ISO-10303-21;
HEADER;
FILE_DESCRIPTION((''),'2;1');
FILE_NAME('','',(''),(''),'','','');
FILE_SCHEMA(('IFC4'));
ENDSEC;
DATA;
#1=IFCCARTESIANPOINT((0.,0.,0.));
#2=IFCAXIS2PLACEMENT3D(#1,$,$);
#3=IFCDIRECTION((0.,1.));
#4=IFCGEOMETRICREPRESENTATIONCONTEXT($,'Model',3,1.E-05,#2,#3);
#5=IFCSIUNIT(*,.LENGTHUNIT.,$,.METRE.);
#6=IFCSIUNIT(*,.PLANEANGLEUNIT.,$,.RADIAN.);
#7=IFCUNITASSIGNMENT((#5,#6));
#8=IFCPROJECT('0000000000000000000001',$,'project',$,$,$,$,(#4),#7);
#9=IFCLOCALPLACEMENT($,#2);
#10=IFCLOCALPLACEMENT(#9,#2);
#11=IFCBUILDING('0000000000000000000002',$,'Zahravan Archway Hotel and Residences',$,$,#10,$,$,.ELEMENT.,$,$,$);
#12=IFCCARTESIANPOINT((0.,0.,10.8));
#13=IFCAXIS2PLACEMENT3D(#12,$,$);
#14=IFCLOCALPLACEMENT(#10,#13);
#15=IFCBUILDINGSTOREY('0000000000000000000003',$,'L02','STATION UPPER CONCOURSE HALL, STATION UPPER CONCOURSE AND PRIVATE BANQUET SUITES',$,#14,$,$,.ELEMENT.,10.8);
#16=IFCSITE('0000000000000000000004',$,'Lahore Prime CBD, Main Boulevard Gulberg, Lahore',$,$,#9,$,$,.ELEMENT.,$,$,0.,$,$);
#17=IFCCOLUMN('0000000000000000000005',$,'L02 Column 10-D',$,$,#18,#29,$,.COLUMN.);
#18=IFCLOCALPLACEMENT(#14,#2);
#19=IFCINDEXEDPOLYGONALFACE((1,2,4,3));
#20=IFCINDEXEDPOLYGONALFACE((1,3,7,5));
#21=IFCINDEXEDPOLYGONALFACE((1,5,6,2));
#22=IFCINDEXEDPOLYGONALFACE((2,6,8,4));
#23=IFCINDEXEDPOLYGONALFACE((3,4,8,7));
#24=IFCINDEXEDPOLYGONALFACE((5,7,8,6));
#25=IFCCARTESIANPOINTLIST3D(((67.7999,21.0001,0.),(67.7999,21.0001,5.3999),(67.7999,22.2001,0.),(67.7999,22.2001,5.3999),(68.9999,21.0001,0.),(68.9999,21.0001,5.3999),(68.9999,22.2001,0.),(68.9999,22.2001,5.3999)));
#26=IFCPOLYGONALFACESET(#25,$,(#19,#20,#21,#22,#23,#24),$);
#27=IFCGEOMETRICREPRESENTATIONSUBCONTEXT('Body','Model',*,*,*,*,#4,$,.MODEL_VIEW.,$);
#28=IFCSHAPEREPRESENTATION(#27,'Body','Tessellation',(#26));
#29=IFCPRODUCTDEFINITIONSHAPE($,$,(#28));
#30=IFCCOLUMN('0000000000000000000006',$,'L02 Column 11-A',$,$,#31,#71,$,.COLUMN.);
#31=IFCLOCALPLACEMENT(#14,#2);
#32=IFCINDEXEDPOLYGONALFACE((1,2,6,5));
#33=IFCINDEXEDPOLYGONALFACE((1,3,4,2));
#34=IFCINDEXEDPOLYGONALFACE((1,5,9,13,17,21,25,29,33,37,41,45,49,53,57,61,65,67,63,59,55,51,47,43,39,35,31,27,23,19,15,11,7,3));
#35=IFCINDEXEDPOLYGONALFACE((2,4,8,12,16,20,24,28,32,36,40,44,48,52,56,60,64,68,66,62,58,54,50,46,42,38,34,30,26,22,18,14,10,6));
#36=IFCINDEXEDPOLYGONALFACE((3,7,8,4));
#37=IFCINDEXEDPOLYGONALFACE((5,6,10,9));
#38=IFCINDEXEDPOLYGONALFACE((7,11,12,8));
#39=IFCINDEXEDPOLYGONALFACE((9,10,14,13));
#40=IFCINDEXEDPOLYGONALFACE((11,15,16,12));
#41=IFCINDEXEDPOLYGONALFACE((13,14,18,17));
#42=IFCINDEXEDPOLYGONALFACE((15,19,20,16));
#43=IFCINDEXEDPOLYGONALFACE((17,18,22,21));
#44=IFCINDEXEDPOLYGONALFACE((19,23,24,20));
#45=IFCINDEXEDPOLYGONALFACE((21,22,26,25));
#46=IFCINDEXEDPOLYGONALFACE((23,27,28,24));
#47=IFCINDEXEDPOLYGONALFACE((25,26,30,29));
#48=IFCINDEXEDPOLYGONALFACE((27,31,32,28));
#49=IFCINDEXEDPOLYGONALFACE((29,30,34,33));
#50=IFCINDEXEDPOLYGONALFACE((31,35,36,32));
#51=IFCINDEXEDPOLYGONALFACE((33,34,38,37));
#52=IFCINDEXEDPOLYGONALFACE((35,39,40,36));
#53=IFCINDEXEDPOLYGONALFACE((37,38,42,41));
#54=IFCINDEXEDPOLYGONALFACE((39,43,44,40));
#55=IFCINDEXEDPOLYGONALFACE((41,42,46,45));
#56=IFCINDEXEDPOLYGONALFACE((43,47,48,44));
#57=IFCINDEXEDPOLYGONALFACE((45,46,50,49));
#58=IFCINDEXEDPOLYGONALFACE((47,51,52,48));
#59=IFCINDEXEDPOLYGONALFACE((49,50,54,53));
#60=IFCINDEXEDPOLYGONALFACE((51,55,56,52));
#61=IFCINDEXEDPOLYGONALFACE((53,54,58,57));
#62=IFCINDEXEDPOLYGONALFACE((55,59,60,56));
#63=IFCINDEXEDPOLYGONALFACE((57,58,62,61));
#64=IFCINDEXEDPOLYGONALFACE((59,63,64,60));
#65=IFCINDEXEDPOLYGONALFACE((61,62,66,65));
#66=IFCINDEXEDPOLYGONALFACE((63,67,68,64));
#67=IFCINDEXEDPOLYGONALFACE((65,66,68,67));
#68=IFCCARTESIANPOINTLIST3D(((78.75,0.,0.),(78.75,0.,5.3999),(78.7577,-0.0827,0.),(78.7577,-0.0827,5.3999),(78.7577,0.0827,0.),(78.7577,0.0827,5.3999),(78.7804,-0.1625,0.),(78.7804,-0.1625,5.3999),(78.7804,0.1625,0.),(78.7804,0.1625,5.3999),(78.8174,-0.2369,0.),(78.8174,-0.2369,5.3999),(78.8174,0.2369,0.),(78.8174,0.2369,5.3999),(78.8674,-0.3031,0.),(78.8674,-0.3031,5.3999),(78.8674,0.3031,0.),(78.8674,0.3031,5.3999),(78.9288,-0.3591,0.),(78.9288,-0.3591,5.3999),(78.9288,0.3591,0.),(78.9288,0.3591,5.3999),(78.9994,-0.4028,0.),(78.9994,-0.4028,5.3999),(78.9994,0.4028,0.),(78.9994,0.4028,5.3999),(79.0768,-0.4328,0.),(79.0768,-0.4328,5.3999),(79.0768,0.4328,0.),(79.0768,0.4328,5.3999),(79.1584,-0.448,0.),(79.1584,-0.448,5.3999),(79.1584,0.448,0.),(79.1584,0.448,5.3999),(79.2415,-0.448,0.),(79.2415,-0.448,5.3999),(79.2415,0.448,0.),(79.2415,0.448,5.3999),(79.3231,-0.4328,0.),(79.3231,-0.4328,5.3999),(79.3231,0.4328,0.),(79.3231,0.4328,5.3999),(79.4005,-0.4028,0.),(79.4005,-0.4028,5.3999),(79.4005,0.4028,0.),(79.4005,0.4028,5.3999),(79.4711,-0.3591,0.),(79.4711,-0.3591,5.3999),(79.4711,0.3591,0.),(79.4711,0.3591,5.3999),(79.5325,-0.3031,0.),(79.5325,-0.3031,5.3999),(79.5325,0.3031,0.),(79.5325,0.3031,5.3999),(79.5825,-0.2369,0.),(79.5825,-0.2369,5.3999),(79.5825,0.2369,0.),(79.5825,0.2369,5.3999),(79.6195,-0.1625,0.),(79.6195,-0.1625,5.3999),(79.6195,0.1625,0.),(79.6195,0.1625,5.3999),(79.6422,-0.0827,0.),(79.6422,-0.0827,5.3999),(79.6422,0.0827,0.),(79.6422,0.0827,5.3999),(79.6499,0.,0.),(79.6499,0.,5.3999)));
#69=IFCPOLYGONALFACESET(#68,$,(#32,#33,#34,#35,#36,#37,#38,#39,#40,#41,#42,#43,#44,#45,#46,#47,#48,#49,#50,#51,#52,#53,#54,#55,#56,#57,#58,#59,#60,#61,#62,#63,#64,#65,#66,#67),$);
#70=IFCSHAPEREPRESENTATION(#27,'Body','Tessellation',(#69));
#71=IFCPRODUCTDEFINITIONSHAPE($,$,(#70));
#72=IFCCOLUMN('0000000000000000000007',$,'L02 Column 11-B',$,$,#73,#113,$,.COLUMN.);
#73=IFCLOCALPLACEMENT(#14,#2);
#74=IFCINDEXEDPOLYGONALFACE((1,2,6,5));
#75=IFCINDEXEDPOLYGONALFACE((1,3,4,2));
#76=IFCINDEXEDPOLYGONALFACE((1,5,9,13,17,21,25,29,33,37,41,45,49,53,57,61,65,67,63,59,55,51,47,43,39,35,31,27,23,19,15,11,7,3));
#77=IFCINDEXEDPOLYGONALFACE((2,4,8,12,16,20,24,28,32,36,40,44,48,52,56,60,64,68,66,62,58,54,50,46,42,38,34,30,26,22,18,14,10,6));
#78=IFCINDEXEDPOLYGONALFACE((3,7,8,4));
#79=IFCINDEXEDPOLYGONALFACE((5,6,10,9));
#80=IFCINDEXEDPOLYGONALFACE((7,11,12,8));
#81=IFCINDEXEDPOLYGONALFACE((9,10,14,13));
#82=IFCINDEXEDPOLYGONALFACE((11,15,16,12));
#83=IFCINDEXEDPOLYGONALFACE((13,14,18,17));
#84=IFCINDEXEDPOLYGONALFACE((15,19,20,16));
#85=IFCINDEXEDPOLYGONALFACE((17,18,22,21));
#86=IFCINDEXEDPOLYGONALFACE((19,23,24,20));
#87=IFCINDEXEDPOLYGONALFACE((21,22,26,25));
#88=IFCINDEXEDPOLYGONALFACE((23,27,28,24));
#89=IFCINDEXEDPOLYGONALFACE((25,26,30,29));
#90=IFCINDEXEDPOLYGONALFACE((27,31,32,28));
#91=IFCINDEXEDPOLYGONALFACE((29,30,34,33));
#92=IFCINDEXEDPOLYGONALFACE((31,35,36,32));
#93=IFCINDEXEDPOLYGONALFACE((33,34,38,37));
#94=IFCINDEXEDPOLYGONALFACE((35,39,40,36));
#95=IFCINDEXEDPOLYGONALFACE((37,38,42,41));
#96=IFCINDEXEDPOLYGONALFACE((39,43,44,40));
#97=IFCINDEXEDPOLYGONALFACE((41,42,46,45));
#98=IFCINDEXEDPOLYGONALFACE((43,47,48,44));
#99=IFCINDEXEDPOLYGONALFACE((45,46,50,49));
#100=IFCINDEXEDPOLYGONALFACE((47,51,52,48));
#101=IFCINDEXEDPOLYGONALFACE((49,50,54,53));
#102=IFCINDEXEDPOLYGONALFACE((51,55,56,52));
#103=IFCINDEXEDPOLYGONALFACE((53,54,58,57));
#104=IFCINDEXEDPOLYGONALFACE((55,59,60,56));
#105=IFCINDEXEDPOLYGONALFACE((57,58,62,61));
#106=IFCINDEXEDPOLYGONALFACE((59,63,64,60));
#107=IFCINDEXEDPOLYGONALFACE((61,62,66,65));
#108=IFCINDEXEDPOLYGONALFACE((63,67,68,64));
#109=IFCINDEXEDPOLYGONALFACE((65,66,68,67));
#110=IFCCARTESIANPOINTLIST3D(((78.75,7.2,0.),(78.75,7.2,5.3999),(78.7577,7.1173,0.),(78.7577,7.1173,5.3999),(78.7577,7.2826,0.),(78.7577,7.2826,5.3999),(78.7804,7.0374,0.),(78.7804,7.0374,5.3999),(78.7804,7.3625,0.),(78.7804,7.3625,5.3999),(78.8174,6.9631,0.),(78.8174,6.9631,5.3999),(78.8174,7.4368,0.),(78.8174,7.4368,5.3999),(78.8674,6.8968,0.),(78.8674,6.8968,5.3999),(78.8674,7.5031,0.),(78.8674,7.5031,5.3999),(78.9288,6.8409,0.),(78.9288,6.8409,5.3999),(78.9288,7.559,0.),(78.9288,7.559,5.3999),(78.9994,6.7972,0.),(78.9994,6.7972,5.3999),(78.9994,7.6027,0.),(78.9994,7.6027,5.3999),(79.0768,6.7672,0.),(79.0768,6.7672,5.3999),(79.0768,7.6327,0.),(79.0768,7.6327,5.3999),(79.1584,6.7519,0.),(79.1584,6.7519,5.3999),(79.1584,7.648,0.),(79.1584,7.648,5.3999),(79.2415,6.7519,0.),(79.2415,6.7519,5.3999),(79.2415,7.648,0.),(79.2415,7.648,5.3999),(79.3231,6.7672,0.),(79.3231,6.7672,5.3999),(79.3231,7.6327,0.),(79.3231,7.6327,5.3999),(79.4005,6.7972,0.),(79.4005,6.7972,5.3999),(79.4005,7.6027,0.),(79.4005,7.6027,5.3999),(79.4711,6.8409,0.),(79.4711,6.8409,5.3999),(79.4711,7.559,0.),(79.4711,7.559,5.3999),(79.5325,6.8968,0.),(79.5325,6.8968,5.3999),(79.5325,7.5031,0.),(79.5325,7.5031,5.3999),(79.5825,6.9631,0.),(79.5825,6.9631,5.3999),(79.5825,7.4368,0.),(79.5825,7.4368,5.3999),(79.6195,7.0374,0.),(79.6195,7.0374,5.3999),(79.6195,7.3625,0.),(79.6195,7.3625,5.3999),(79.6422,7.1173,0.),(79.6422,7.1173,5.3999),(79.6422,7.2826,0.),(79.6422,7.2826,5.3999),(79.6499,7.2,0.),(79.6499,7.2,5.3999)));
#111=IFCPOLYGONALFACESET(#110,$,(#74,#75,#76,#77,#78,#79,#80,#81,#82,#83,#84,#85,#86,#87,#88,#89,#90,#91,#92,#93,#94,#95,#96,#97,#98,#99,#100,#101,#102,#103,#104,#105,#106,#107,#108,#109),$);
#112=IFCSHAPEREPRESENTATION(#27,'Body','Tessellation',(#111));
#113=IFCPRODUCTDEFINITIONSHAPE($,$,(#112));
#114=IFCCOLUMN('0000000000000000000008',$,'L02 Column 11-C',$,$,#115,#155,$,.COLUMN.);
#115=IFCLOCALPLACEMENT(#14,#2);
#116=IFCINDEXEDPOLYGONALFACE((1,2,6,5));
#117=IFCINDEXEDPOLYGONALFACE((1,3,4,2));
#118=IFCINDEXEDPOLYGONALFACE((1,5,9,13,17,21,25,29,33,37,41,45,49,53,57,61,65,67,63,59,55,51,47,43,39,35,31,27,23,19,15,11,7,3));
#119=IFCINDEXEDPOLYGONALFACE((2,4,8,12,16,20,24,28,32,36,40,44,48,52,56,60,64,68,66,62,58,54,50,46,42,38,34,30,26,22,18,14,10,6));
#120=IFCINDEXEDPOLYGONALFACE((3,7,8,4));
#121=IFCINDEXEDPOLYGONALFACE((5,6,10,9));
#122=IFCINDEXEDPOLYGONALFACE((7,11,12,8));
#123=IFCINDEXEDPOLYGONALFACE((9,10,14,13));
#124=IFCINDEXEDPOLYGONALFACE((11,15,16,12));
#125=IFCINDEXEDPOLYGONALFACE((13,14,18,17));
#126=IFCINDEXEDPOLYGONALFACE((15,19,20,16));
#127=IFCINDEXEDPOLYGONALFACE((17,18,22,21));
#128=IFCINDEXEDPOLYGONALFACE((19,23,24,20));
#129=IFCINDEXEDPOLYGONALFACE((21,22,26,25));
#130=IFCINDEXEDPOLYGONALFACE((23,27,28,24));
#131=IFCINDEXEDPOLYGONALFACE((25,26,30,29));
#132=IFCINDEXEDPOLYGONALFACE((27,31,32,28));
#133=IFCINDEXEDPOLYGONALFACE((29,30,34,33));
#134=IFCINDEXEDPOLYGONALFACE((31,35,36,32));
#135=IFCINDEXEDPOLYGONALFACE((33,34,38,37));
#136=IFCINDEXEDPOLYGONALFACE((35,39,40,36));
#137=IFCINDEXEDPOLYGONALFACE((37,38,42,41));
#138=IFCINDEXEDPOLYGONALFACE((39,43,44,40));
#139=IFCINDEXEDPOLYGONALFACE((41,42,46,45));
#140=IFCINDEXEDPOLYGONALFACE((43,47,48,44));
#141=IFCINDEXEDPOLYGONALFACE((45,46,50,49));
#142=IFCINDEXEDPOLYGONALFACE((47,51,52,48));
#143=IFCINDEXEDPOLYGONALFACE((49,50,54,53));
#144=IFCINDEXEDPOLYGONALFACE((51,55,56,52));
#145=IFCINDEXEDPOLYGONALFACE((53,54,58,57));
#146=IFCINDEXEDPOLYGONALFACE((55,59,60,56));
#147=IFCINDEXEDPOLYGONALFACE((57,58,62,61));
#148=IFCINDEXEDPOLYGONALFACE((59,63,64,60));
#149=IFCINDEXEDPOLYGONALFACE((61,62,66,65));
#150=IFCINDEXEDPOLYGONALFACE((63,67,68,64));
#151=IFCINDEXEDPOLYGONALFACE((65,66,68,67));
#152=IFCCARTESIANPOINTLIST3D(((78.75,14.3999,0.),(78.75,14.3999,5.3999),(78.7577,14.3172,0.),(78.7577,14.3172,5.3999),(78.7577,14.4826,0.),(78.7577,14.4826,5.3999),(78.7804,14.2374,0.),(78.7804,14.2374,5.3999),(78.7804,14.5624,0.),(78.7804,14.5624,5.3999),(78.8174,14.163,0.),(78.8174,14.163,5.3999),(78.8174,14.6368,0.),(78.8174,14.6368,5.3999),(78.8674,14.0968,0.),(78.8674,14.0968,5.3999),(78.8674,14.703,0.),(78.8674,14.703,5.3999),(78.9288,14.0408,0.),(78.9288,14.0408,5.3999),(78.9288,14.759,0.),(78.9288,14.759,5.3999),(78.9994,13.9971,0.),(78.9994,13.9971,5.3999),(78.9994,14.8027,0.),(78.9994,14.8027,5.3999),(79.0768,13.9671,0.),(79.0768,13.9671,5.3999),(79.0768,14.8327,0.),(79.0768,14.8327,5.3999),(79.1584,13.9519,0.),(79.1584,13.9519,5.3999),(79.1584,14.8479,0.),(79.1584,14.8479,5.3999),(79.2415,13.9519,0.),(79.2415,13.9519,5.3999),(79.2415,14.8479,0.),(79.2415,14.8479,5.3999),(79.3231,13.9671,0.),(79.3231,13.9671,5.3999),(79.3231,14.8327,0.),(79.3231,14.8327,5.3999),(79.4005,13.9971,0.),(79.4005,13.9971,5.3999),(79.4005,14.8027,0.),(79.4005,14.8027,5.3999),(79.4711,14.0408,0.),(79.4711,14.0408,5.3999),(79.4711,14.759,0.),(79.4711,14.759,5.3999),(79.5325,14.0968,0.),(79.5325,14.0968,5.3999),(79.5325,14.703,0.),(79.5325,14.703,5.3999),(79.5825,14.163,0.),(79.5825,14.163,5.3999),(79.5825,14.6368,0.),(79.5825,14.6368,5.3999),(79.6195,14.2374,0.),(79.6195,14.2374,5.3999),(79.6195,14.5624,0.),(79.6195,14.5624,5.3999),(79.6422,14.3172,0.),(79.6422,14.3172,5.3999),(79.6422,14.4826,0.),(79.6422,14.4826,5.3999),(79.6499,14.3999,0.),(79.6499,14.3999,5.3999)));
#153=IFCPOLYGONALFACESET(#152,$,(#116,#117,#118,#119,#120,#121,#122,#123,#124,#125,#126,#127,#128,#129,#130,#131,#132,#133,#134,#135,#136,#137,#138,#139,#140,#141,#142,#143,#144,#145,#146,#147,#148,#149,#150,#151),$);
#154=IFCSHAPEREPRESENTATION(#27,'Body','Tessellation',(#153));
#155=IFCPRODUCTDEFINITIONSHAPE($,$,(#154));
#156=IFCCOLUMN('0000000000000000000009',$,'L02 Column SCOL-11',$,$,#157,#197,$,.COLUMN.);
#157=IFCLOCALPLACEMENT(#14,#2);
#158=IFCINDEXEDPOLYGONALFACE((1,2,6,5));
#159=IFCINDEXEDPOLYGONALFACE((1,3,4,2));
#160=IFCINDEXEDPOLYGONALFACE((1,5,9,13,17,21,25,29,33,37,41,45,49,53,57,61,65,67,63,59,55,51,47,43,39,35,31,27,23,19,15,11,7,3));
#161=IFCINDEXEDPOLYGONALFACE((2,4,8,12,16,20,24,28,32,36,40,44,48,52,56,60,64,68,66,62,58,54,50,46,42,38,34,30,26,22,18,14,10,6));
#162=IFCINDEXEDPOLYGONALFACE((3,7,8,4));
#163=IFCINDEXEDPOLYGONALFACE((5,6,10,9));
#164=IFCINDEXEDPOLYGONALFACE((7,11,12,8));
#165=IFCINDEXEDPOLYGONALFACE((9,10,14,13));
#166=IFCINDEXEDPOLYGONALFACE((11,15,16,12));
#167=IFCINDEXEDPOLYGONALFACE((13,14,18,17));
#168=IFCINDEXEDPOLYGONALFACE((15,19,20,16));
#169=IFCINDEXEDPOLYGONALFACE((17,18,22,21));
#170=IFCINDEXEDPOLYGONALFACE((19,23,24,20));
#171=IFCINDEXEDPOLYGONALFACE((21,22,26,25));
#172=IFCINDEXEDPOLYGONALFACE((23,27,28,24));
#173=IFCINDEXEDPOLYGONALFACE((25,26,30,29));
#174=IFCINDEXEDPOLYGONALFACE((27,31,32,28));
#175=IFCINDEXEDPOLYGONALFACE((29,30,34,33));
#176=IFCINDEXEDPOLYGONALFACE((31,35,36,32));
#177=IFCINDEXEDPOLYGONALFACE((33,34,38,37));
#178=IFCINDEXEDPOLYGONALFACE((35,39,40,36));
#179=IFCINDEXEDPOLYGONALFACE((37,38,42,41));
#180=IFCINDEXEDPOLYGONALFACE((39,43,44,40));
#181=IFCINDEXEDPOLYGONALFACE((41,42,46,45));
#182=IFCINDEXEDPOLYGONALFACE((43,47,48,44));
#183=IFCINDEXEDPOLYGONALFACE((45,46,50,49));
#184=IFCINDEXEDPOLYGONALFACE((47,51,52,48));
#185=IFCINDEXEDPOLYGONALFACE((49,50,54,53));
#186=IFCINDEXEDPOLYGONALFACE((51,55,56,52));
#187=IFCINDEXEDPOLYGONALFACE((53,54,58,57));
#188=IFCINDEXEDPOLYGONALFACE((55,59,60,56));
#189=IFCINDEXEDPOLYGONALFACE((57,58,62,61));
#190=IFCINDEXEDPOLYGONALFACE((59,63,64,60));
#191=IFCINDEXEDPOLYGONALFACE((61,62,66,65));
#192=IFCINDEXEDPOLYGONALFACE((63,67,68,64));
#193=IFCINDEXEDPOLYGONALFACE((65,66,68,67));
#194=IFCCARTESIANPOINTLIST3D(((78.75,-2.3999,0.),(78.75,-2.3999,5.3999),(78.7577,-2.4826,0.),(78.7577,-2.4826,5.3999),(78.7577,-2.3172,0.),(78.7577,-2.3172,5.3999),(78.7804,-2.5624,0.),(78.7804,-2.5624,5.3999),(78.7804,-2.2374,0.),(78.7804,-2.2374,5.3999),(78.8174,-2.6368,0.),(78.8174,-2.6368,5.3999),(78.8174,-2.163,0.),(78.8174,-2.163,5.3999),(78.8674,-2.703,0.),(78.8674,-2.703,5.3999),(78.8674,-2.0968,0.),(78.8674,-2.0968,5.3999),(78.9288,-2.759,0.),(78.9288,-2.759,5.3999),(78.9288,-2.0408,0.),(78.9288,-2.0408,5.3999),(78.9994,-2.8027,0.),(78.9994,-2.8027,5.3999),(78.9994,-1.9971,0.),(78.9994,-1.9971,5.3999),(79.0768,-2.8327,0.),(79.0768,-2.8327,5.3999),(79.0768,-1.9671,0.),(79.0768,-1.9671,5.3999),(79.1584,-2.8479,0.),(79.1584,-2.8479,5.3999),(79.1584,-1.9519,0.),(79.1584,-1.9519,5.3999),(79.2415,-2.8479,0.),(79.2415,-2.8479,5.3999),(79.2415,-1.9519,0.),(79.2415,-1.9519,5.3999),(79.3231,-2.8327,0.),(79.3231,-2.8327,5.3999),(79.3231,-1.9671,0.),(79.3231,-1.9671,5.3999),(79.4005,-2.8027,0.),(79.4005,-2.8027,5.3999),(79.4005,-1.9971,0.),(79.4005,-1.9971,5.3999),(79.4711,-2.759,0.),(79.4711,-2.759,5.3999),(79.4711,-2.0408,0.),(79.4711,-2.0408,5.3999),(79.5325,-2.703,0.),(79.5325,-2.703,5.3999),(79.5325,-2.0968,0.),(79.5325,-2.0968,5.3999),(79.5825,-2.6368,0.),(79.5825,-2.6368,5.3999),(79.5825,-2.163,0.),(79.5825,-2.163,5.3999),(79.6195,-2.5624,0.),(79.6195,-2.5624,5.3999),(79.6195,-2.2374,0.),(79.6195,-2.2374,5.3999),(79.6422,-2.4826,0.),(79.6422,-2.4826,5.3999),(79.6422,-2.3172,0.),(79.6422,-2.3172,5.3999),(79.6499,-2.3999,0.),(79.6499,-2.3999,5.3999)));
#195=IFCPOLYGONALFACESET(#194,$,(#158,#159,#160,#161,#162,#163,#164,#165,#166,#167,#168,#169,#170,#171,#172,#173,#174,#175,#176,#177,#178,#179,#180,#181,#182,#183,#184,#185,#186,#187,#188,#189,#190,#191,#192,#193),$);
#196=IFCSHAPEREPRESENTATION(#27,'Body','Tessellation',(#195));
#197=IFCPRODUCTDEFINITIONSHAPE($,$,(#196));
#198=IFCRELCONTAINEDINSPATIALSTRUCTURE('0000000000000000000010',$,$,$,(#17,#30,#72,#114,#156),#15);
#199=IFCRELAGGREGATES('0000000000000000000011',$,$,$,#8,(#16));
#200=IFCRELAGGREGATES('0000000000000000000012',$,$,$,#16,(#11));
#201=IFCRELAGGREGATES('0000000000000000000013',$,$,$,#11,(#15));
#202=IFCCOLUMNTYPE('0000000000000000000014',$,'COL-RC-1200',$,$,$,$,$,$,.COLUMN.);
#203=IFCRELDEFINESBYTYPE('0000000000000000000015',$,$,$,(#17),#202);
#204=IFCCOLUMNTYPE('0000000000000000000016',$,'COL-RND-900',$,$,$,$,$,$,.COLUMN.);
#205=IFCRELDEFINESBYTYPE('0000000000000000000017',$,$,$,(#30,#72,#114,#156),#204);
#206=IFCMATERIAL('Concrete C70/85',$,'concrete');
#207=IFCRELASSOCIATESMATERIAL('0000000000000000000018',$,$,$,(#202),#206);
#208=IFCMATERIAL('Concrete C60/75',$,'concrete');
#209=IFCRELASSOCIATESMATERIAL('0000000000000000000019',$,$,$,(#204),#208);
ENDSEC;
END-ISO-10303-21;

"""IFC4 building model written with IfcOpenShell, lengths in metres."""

from ifc_helpers import new_model, si_unit, direction, frame, origin, origin_2d, place, context, subcontext, project, spatial, rectangle, circle, extrude, source, transform, mapped, material, material_profile, profile_set, type_object, type_shapes, element, save


model = new_model("IFC4")

# Units and contexts
model_context = context("Model", 3, precision=1e-05, world=origin(), true_north=direction((0.0, 1.0)))
body_context = subcontext(model_context, "Body", "Model", "MODEL_VIEW")
ifc_project = project(units=[si_unit("LENGTHUNIT", "METRE"), si_unit("PLANEANGLEUNIT", "RADIAN")], contexts=[model_context])

# Site, building, storey
site_placement = place(None, origin())
site = spatial("IfcSite", under=ifc_project, at=site_placement, Name="Lahore Prime CBD, Main Boulevard Gulberg, Lahore", CompositionType="ELEMENT", RefElevation=0.0)
building_placement = place(site_placement, origin())
building = spatial("IfcBuilding", under=site, at=building_placement, Name="Zahravan Archway Hotel and Residences", CompositionType="ELEMENT")
storey_placement = place(building_placement, frame((0.0, 0.0, 10.8)))
storey = spatial("IfcBuildingStorey", under=building, at=storey_placement, Name="L02", Description="STATION UPPER CONCOURSE HALL, STATION UPPER CONCOURSE AND PRIVATE BANQUET SUITES", CompositionType="ELEMENT", Elevation=10.8)

# Columns
ifc_material_1 = material(Name="Concrete C70/85", Category="concrete")
ifc_material_profile_1 = material_profile(ifc_material_1, rectangle(XDim=1.2, YDim=1.2, at=origin_2d()), Name="RC-COL-1200x1200", Category="concrete")
ifc_profile_set_1 = profile_set([ifc_material_profile_1], Name="Concrete C70/85")
column_type_1 = type_object("IfcColumnType", Name="COL-RC-1200", PredefinedType="COLUMN", material=ifc_profile_set_1)
shared_shape_1 = source(origin(), body_context, "Body", "SweptSolid", [
    extrude(rectangle(XDim=1.2, YDim=1.2, at=origin_2d()), origin(), (0.0, 0.0, 1.0), 5.3999),
])
column_1_placement = place(storey_placement, frame((68.3999, 21.6001, 0.0), z_axis=(0.0, 0.0, 1.0), x_axis=(1.0, 0.0, 0.0)))
element("IfcColumn", 1, at=column_1_placement, inside=storey, type_object=column_type_1, Name="L02 Column 10-D", PredefinedType="COLUMN", context=body_context, shape_type="MappedRepresentation", body=[
    mapped(shared_shape_1, transform((0.0, 0.0, 0.0), scale=1.0)),
])
ifc_material_2 = material(Name="Concrete C60/75", Category="concrete")
ifc_material_profile_2 = material_profile(ifc_material_2, circle(Radius=0.45, at=origin_2d()), Name="RC-CIRC-900", Category="concrete")
ifc_profile_set_2 = profile_set([ifc_material_profile_2], Name="Concrete C60/75")
column_type_2 = type_object("IfcColumnType", Name="COL-RND-900", PredefinedType="COLUMN", material=ifc_profile_set_2)
shared_shape_2 = source(origin(), body_context, "Body", "SweptSolid", [
    extrude(circle(Radius=0.45, at=origin_2d()), origin(), (0.0, 0.0, 1.0), 5.3999),
])
type_shapes(column_type_2, [shared_shape_2])
for number, where, z_axis, x_axis, name in (
    (2, (79.2, 0.0, 0.0), (0.0, 0.0, 1.0), (1.0, 0.0, 0.0), "L02 Column 11-A"),
    (3, (79.2, 7.2, 0.0), (0.0, 0.0, 1.0), (1.0, 0.0, 0.0), "L02 Column 11-B"),
    (4, (79.2, 14.3999, 0.0), (0.0, 0.0, 1.0), (1.0, 0.0, 0.0), "L02 Column 11-C"),
    (5, (79.2, -2.3999, 0.0), (0.0, 0.0, 1.0), (1.0, 0.0, 0.0), "L02 Column SCOL-11"),
):
    element("IfcColumn", number, at=place(storey_placement, frame(where, z_axis=z_axis, x_axis=x_axis)), inside=storey, type_object=column_type_2, Name=name, PredefinedType="COLUMN", context=body_context, shape_type="MappedRepresentation", body=[
        mapped(shared_shape_2, transform((0.0, 0.0, 0.0), scale=1.0)),
    ])

save(model, "model.ifc")
